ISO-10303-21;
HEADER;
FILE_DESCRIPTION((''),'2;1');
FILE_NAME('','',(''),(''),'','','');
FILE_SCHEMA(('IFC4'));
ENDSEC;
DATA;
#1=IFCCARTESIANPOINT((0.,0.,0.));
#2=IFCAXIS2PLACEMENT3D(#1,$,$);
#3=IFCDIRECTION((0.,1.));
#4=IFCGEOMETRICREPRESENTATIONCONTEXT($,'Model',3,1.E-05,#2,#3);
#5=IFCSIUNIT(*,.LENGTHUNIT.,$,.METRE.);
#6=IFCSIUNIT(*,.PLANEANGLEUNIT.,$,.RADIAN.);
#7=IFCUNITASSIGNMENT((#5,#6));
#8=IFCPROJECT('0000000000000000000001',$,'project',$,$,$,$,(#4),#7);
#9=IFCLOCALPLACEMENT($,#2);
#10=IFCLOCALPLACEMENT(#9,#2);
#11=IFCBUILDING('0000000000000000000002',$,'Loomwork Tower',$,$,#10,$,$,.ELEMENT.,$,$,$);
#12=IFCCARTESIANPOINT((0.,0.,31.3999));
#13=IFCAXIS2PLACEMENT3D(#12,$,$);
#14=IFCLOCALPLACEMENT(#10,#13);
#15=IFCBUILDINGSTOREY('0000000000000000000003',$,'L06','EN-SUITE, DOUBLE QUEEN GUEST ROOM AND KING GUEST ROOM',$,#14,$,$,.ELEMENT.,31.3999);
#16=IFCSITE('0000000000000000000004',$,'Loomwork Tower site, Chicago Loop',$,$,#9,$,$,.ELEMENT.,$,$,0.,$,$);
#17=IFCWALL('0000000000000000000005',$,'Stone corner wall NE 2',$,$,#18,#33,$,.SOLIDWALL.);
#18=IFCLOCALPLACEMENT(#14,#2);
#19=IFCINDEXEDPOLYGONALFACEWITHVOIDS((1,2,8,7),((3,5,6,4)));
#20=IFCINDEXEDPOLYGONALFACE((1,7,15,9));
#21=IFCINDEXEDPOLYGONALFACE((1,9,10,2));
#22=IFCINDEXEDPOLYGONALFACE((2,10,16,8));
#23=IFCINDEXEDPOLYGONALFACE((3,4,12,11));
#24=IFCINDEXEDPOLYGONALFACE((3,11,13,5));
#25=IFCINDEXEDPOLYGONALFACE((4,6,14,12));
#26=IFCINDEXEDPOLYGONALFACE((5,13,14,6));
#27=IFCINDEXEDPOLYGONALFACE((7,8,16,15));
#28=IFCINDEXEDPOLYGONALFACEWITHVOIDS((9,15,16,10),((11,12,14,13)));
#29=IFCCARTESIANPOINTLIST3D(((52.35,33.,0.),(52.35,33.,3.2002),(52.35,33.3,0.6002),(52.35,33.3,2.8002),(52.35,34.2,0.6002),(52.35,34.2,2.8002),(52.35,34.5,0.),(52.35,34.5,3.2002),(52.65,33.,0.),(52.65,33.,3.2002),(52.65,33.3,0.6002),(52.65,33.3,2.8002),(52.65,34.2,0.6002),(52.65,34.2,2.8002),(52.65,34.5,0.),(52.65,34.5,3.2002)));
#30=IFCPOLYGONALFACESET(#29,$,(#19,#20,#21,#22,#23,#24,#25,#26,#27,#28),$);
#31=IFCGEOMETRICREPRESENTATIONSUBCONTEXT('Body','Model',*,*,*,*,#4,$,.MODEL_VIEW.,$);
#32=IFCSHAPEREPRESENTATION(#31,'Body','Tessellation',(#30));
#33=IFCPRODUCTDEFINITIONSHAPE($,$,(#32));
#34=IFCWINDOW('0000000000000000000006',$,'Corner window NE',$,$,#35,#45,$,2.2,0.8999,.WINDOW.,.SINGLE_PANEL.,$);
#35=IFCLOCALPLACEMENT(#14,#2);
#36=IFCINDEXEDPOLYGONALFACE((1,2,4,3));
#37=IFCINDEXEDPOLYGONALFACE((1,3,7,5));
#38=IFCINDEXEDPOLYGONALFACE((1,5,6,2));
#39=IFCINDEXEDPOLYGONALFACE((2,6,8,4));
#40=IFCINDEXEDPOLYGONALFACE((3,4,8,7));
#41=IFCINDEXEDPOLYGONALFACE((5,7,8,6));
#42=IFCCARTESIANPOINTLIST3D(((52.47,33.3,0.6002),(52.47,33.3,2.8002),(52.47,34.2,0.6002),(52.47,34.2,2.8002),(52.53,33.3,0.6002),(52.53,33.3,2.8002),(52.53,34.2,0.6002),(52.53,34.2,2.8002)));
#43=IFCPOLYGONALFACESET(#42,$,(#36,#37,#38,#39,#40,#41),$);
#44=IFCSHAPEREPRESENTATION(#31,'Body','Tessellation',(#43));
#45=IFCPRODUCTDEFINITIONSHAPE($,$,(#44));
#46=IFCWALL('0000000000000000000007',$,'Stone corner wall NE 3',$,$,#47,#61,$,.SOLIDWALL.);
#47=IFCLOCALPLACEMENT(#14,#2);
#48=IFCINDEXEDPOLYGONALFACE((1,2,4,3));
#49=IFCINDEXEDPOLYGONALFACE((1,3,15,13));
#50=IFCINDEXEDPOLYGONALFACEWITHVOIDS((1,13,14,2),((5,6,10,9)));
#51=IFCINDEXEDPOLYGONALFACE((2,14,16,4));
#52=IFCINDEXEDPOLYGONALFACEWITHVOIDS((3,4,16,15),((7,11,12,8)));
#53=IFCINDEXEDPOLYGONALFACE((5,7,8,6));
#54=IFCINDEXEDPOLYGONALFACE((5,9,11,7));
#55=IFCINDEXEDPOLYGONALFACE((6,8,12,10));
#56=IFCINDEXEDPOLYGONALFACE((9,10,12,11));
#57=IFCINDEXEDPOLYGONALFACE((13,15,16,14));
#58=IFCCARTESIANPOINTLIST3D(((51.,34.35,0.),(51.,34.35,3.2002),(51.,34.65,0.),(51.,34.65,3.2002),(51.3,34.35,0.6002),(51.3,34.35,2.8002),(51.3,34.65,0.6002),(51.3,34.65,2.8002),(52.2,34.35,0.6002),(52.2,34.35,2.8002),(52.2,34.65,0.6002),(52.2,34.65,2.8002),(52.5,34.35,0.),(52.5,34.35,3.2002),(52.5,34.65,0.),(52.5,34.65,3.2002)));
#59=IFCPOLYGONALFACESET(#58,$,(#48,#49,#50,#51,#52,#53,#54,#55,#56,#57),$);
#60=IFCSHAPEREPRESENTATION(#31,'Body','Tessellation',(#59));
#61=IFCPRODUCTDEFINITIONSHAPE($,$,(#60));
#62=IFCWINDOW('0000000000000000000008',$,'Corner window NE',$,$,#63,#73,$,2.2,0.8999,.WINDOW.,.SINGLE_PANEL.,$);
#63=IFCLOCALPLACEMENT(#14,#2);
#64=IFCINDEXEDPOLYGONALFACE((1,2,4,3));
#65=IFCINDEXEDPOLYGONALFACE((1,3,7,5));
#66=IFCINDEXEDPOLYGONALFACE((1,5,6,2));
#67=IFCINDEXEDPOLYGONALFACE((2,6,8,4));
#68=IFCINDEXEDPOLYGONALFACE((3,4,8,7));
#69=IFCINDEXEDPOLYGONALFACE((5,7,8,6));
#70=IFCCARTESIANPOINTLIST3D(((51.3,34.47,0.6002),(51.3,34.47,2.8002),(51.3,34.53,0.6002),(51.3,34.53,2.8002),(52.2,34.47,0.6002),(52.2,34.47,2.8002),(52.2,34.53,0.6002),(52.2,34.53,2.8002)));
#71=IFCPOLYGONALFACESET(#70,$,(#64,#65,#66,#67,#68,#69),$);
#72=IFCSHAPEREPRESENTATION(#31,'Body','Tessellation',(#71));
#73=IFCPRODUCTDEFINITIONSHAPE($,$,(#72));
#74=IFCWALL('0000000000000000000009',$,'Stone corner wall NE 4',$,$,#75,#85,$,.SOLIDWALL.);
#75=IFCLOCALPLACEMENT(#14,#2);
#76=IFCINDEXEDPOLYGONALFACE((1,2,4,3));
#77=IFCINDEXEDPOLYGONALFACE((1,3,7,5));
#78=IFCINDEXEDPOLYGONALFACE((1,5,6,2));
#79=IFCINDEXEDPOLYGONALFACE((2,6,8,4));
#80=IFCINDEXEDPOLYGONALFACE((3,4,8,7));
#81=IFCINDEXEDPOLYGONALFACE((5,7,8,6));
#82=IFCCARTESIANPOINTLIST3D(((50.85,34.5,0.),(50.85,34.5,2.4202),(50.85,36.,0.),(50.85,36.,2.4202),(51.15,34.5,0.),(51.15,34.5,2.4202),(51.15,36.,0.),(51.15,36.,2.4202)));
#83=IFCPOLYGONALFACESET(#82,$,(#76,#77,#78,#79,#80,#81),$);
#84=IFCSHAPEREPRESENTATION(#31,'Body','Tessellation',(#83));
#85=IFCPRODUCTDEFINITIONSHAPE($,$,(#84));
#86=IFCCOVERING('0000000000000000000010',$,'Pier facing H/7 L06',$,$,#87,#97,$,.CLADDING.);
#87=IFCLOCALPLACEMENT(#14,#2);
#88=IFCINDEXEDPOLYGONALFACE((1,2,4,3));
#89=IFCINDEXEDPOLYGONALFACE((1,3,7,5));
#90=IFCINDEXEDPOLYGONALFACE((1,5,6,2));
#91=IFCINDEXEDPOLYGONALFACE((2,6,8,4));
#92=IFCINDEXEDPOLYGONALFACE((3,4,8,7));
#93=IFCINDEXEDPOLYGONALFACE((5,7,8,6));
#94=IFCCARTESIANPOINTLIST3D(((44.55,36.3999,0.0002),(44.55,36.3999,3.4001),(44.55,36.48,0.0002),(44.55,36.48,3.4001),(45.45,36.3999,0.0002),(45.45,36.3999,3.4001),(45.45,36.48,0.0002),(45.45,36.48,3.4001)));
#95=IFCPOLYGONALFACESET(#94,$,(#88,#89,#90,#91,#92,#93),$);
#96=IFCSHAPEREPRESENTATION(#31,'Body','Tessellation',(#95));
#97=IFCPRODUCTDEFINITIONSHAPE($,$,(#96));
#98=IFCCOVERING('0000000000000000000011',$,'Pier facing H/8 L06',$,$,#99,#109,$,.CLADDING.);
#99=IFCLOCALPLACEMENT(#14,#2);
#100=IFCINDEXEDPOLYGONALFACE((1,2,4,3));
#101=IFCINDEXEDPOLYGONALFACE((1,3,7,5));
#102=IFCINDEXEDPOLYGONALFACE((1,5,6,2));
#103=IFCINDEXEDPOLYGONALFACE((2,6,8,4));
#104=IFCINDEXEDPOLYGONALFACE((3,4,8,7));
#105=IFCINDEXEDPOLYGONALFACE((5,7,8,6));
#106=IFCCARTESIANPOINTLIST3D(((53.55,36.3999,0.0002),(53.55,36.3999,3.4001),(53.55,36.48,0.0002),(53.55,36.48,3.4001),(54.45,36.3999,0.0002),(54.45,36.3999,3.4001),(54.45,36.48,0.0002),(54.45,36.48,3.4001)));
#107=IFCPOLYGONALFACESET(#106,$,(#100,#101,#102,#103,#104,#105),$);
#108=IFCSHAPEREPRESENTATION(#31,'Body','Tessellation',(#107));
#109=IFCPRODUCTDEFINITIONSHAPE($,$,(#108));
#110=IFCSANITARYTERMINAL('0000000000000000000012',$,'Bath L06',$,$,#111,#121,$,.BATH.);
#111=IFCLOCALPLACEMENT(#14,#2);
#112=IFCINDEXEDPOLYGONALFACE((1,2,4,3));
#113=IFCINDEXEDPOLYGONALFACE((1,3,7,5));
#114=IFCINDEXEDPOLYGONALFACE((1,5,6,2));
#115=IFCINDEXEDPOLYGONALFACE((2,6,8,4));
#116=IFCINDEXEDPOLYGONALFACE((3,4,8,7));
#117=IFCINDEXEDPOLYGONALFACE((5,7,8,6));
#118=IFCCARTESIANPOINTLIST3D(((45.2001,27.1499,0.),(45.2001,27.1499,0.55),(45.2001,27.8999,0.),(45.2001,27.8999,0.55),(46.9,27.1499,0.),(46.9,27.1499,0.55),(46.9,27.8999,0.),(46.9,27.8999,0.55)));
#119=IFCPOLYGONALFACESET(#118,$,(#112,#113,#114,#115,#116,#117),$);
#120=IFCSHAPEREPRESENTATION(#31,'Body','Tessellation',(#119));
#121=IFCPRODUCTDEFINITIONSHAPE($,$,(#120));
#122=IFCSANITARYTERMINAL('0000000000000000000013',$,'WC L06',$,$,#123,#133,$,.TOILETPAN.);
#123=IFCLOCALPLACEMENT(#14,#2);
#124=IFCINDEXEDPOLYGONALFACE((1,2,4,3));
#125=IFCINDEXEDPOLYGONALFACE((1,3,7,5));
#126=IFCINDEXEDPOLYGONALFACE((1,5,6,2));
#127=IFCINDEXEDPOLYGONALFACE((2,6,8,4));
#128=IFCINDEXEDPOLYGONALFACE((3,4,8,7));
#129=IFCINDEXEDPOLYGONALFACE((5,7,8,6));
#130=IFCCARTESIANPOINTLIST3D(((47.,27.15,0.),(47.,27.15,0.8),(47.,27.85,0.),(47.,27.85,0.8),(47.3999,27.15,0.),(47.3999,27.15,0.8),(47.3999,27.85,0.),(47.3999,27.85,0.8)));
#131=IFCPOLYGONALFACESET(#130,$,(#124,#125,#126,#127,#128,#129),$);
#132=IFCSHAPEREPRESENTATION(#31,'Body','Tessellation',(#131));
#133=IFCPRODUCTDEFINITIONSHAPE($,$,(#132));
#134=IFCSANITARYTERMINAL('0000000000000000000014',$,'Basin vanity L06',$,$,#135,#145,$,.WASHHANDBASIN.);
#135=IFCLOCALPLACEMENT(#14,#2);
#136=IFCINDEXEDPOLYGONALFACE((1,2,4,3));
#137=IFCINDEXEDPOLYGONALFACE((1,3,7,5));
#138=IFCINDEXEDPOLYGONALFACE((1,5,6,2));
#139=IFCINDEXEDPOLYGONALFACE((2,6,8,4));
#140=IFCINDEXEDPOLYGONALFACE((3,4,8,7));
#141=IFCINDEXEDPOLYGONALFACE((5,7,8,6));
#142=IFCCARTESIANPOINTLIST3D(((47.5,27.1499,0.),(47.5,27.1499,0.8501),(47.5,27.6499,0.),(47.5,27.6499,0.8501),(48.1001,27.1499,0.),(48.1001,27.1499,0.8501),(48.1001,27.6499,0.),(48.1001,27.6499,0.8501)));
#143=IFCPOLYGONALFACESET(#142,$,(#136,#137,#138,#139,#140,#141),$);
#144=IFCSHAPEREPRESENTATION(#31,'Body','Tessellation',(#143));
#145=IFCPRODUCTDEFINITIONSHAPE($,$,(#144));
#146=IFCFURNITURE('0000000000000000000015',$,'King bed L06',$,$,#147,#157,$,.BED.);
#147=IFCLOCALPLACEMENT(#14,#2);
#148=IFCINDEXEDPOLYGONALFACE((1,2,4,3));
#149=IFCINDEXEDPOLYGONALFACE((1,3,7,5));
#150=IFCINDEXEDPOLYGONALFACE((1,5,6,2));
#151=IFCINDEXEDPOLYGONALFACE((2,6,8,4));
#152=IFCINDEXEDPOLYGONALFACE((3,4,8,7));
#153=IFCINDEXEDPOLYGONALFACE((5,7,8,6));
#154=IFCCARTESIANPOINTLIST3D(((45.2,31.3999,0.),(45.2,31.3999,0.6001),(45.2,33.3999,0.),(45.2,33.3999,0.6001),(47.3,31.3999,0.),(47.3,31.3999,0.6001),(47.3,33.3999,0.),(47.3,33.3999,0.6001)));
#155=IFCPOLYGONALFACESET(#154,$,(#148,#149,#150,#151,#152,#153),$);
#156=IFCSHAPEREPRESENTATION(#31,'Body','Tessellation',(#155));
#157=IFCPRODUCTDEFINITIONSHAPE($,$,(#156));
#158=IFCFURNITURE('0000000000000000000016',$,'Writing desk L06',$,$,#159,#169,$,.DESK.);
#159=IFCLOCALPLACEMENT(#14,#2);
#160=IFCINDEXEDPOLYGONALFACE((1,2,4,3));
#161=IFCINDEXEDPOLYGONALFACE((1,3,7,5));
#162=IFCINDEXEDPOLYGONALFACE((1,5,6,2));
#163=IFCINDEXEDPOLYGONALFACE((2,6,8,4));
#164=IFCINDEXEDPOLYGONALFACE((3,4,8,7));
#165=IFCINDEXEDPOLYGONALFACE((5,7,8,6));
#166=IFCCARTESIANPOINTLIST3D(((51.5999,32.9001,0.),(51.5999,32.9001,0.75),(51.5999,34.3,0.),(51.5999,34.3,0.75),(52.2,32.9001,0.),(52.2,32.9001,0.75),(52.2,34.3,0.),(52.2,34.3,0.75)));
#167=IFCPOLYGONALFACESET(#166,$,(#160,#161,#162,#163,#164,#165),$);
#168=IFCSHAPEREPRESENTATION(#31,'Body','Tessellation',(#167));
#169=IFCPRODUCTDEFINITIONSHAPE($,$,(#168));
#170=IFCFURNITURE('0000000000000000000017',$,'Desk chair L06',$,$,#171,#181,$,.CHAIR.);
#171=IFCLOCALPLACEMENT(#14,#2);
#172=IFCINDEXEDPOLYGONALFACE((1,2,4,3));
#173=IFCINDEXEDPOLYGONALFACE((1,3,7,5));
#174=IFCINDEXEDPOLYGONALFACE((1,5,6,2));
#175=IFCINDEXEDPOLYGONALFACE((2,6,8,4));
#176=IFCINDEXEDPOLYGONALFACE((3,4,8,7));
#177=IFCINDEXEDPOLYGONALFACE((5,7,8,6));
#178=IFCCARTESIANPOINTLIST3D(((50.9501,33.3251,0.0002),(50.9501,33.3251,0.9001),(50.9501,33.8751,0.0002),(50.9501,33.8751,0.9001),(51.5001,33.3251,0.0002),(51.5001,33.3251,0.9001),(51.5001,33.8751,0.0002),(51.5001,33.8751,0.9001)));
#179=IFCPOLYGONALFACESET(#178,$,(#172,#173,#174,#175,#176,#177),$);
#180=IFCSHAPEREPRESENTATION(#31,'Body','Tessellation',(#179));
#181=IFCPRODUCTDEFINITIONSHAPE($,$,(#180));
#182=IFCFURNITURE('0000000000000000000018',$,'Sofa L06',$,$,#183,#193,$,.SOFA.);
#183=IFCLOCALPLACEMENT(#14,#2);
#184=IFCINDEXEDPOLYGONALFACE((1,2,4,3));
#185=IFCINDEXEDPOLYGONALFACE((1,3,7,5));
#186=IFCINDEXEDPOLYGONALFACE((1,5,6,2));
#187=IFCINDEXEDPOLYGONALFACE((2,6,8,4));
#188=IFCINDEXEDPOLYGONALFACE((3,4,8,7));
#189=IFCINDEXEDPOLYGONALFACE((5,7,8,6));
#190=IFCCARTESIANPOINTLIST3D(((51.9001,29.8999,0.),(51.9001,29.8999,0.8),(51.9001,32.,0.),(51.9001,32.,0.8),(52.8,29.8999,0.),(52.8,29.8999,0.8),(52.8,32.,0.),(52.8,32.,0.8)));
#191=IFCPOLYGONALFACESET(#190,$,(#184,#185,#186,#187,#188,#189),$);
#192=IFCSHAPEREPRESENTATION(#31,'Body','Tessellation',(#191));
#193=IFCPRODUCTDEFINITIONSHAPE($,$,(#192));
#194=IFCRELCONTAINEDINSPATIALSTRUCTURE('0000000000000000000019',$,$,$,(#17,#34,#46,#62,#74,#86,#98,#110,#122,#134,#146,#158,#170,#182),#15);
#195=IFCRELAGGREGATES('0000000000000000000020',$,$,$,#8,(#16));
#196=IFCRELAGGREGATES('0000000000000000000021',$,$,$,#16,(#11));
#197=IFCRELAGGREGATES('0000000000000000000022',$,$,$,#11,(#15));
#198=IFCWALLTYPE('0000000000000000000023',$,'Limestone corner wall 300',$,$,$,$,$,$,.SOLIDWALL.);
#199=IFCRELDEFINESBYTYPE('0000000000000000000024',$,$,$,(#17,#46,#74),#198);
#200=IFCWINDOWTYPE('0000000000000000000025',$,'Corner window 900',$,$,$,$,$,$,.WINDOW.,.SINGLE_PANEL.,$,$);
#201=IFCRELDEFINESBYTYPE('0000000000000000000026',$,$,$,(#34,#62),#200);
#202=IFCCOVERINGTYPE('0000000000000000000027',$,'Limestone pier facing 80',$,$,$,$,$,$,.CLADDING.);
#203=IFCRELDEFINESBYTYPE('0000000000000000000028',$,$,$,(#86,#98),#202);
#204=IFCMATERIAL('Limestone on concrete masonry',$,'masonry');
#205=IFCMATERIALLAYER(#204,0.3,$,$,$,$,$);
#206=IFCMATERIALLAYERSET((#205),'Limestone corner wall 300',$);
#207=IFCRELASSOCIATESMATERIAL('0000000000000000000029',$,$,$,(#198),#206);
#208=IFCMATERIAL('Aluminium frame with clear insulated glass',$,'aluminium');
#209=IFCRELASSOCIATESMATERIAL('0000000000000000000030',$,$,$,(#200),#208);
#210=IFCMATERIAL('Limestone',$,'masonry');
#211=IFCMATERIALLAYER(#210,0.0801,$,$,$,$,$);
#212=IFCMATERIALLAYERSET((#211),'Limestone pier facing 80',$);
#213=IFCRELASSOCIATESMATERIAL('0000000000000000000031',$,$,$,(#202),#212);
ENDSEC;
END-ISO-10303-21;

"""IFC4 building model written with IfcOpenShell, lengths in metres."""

from ifc_helpers import new_model, si_unit, direction, frame, frame_2d, origin, origin_2d, place, context, subcontext, project, spatial, rectangle, extrude, material, layer, layer_set, type_object, element, fill, save


model = new_model("IFC4")

# Units and contexts
model_context = context("Model", 3, precision=1e-05, world=origin(), true_north=direction((0.0, 1.0)))
body_context = subcontext(model_context, "Body", "Model", "MODEL_VIEW")
ifc_project = project(units=[si_unit("LENGTHUNIT", "METRE"), si_unit("PLANEANGLEUNIT", "RADIAN")], contexts=[model_context])

# Site, building, storey
site_placement = place(None, origin())
site = spatial("IfcSite", under=ifc_project, at=site_placement, Name="Loomwork Tower site, Chicago Loop", CompositionType="ELEMENT", RefElevation=0.0)
building_placement = place(site_placement, origin())
building = spatial("IfcBuilding", under=site, at=building_placement, Name="Loomwork Tower", CompositionType="ELEMENT")
storey_placement = place(building_placement, frame((0.0, 0.0, 31.3999)))
storey = spatial("IfcBuildingStorey", under=building, at=storey_placement, Name="L06", Description="EN-SUITE, DOUBLE QUEEN GUEST ROOM AND KING GUEST ROOM", CompositionType="ELEMENT", Elevation=31.3999)

# Shared definitions
ifc_material_1 = material(Name="Limestone on concrete masonry", Category="masonry")
ifc_layer_1 = layer(ifc_material_1, 0.3)
ifc_layer_set_1 = layer_set([ifc_layer_1], Name="Limestone corner wall 300")
wall_type_1 = type_object("IfcWallType", Name="Limestone corner wall 300", PredefinedType="SOLIDWALL", material=ifc_layer_set_1)

# Walls, openings, windows
wall_1_placement = place(storey_placement, frame((52.5, 33.0, 0.0), z_axis=(0.0, 0.0, 1.0), x_axis=(0.0, 1.0, 0.0)))
wall_1 = element("IfcWall", 1, at=wall_1_placement, inside=storey, type_object=wall_type_1, Name="Stone corner wall NE 2", PredefinedType="SOLIDWALL", context=body_context, shape_type="SweptSolid", body=[
    extrude(rectangle(XDim=1.5, YDim=0.3, at=frame_2d((0.75, 0.0))), origin(), (0.0, 0.0, 1.0), 3.2002),
])
opening_1_placement = place(wall_1_placement, frame((0.3, 0.0, 0.6001)))
opening_1 = element("IfcOpeningElement", 2, at=opening_1_placement, cuts=wall_1, PredefinedType="OPENING", context=body_context, shape_type="SweptSolid", body=[
    extrude(rectangle(XDim=0.8999, YDim=2.2, at=frame_2d((0.45, 1.1001))), frame((0.0, 0.1599, 0.0), z_axis=(0.0, -1.0, 0.0), x_axis=(1.0, 0.0, 0.0)), (0.0, 0.0, 1.0), 0.3201),
])
ifc_material_2 = material(Name="Aluminium frame with clear insulated glass", Category="aluminium")
window_type_1 = type_object("IfcWindowType", Name="Corner window 900", PartitioningType="SINGLE_PANEL", PredefinedType="WINDOW", material=ifc_material_2)
window_1_placement = place(opening_1_placement, origin())
window_1 = element("IfcWindow", 3, at=window_1_placement, inside=storey, type_object=window_type_1, Name="Corner window NE", OverallHeight=2.2, OverallWidth=0.8999, PartitioningType="SINGLE_PANEL", PredefinedType="WINDOW", context=body_context, shape_type="SweptSolid", body=[
    extrude(rectangle(XDim=0.8999, YDim=2.2, at=frame_2d((0.45, 1.1001))), frame((0.0, 0.03, 0.0), z_axis=(0.0, -1.0, 0.0), x_axis=(1.0, 0.0, 0.0)), (0.0, 0.0, 1.0), 0.0601),
])
fill(opening_1, window_1)
wall_2_placement = place(storey_placement, frame((52.5, 34.5, 0.0), z_axis=(0.0, 0.0, 1.0), x_axis=(-1.0, 0.0, 0.0)))
wall_2 = element("IfcWall", 4, at=wall_2_placement, inside=storey, type_object=wall_type_1, Name="Stone corner wall NE 3", PredefinedType="SOLIDWALL", context=body_context, shape_type="SweptSolid", body=[
    extrude(rectangle(XDim=1.5, YDim=0.3, at=frame_2d((0.75, 0.0))), origin(), (0.0, 0.0, 1.0), 3.2002),
])
opening_2_placement = place(wall_2_placement, frame((0.3, 0.0, 0.6001)))
opening_2 = element("IfcOpeningElement", 5, at=opening_2_placement, cuts=wall_2, PredefinedType="OPENING", context=body_context, shape_type="SweptSolid", body=[
    extrude(rectangle(XDim=0.8999, YDim=2.2, at=frame_2d((0.45, 1.1001))), frame((0.0, 0.1599, 0.0), z_axis=(0.0, -1.0, 0.0), x_axis=(1.0, 0.0, 0.0)), (0.0, 0.0, 1.0), 0.3201),
])
window_2_placement = place(opening_2_placement, origin())
window_2 = element("IfcWindow", 6, at=window_2_placement, inside=storey, type_object=window_type_1, Name="Corner window NE", OverallHeight=2.2, OverallWidth=0.8999, PartitioningType="SINGLE_PANEL", PredefinedType="WINDOW", context=body_context, shape_type="SweptSolid", body=[
    extrude(rectangle(XDim=0.8999, YDim=2.2, at=frame_2d((0.45, 1.1001))), frame((0.0, 0.03, 0.0), z_axis=(0.0, -1.0, 0.0), x_axis=(1.0, 0.0, 0.0)), (0.0, 0.0, 1.0), 0.0601),
])
fill(opening_2, window_2)

# Wall
wall_3_placement = place(storey_placement, frame((51.0, 34.5, 0.0), z_axis=(0.0, 0.0, 1.0), x_axis=(0.0, 1.0, 0.0)))
element("IfcWall", 7, at=wall_3_placement, inside=storey, type_object=wall_type_1, Name="Stone corner wall NE 4", PredefinedType="SOLIDWALL", context=body_context, shape_type="SweptSolid", body=[
    extrude(rectangle(XDim=1.5, YDim=0.3, at=frame_2d((0.75, 0.0))), origin(), (0.0, 0.0, 1.0), 2.4202),
])

# Coverings
ifc_material_3 = material(Name="Limestone", Category="masonry")
ifc_layer_2 = layer(ifc_material_3, 0.0801)
ifc_layer_set_2 = layer_set([ifc_layer_2], Name="Limestone pier facing 80")
covering_type = type_object("IfcCoveringType", Name="Limestone pier facing 80", PredefinedType="CLADDING", material=ifc_layer_set_2)
for number, where, z_axis, x_axis, name in (
    (8, (45.0, 36.4399, 0.0002), (0.0, 0.0, 1.0), (1.0, 0.0, 0.0), "Pier facing H/7 L06"),
    (9, (54.0, 36.4399, 0.0002), (0.0, 0.0, 1.0), (1.0, 0.0, 0.0), "Pier facing H/8 L06"),
):
    element("IfcCovering", number, at=place(storey_placement, frame(where, z_axis=z_axis, x_axis=x_axis)), inside=storey, type_object=covering_type, Name=name, PredefinedType="CLADDING", context=body_context, shape_type="SweptSolid", body=[
        extrude(rectangle(XDim=0.8999, YDim=0.0801, at=origin_2d()), origin(), (0.0, 0.0, 1.0), 3.3999),
    ])

# Sanitary terminals
sanitary_terminal_1_placement = place(storey_placement, frame((46.05, 27.5249, 0.0), z_axis=(0.0, 0.0, 1.0), x_axis=(1.0, 0.0, 0.0)))
element("IfcSanitaryTerminal", 10, at=sanitary_terminal_1_placement, inside=storey, Name="Bath L06", PredefinedType="BATH", context=body_context, shape_type="SweptSolid", body=[
    extrude(rectangle(XDim=1.7, YDim=0.75, at=origin_2d()), origin(), (0.0, 0.0, 1.0), 0.55),
])
sanitary_terminal_2_placement = place(storey_placement, frame((47.2, 27.5, 0.0), z_axis=(0.0, 0.0, 1.0), x_axis=(1.0, 0.0, 0.0)))
element("IfcSanitaryTerminal", 11, at=sanitary_terminal_2_placement, inside=storey, Name="WC L06", PredefinedType="TOILETPAN", context=body_context, shape_type="SweptSolid", body=[
    extrude(rectangle(XDim=0.3999, YDim=0.7, at=origin_2d()), origin(), (0.0, 0.0, 1.0), 0.8),
])
sanitary_terminal_3_placement = place(storey_placement, frame((47.8, 27.3999, 0.0), z_axis=(0.0, 0.0, 1.0), x_axis=(1.0, 0.0, 0.0)))
element("IfcSanitaryTerminal", 12, at=sanitary_terminal_3_placement, inside=storey, Name="Basin vanity L06", PredefinedType="WASHHANDBASIN", context=body_context, shape_type="SweptSolid", body=[
    extrude(rectangle(XDim=0.6001, YDim=0.5, at=origin_2d()), origin(), (0.0, 0.0, 1.0), 0.8501),
])

# Furniture
furniture_1_placement = place(storey_placement, frame((46.25, 32.3999, 0.0), z_axis=(0.0, 0.0, 1.0), x_axis=(1.0, 0.0, 0.0)))
element("IfcFurniture", 13, at=furniture_1_placement, inside=storey, Name="King bed L06", PredefinedType="BED", context=body_context, shape_type="SweptSolid", body=[
    extrude(rectangle(XDim=2.1001, YDim=2.0, at=origin_2d()), origin(), (0.0, 0.0, 1.0), 0.6001),
])
furniture_2_placement = place(storey_placement, frame((51.8999, 33.6001, 0.0), z_axis=(0.0, 0.0, 1.0), x_axis=(1.0, 0.0, 0.0)))
element("IfcFurniture", 14, at=furniture_2_placement, inside=storey, Name="Writing desk L06", PredefinedType="DESK", context=body_context, shape_type="SweptSolid", body=[
    extrude(rectangle(XDim=0.6001, YDim=1.3999, at=origin_2d()), origin(), (0.0, 0.0, 1.0), 0.75),
])
furniture_3_placement = place(storey_placement, frame((51.2251, 33.6001, 0.0002), z_axis=(0.0, 0.0, 1.0), x_axis=(1.0, 0.0, 0.0)))
element("IfcFurniture", 15, at=furniture_3_placement, inside=storey, Name="Desk chair L06", PredefinedType="CHAIR", context=body_context, shape_type="SweptSolid", body=[
    extrude(rectangle(XDim=0.55, YDim=0.55, at=origin_2d()), origin(), (0.0, 0.0, 1.0), 0.8999),
])
furniture_4_placement = place(storey_placement, frame((52.3501, 30.95, 0.0), z_axis=(0.0, 0.0, 1.0), x_axis=(1.0, 0.0, 0.0)))
element("IfcFurniture", 16, at=furniture_4_placement, inside=storey, Name="Sofa L06", PredefinedType="SOFA", context=body_context, shape_type="SweptSolid", body=[
    extrude(rectangle(XDim=0.8999, YDim=2.1001, at=origin_2d()), origin(), (0.0, 0.0, 1.0), 0.8),
])

save(model, "model.ifc")
